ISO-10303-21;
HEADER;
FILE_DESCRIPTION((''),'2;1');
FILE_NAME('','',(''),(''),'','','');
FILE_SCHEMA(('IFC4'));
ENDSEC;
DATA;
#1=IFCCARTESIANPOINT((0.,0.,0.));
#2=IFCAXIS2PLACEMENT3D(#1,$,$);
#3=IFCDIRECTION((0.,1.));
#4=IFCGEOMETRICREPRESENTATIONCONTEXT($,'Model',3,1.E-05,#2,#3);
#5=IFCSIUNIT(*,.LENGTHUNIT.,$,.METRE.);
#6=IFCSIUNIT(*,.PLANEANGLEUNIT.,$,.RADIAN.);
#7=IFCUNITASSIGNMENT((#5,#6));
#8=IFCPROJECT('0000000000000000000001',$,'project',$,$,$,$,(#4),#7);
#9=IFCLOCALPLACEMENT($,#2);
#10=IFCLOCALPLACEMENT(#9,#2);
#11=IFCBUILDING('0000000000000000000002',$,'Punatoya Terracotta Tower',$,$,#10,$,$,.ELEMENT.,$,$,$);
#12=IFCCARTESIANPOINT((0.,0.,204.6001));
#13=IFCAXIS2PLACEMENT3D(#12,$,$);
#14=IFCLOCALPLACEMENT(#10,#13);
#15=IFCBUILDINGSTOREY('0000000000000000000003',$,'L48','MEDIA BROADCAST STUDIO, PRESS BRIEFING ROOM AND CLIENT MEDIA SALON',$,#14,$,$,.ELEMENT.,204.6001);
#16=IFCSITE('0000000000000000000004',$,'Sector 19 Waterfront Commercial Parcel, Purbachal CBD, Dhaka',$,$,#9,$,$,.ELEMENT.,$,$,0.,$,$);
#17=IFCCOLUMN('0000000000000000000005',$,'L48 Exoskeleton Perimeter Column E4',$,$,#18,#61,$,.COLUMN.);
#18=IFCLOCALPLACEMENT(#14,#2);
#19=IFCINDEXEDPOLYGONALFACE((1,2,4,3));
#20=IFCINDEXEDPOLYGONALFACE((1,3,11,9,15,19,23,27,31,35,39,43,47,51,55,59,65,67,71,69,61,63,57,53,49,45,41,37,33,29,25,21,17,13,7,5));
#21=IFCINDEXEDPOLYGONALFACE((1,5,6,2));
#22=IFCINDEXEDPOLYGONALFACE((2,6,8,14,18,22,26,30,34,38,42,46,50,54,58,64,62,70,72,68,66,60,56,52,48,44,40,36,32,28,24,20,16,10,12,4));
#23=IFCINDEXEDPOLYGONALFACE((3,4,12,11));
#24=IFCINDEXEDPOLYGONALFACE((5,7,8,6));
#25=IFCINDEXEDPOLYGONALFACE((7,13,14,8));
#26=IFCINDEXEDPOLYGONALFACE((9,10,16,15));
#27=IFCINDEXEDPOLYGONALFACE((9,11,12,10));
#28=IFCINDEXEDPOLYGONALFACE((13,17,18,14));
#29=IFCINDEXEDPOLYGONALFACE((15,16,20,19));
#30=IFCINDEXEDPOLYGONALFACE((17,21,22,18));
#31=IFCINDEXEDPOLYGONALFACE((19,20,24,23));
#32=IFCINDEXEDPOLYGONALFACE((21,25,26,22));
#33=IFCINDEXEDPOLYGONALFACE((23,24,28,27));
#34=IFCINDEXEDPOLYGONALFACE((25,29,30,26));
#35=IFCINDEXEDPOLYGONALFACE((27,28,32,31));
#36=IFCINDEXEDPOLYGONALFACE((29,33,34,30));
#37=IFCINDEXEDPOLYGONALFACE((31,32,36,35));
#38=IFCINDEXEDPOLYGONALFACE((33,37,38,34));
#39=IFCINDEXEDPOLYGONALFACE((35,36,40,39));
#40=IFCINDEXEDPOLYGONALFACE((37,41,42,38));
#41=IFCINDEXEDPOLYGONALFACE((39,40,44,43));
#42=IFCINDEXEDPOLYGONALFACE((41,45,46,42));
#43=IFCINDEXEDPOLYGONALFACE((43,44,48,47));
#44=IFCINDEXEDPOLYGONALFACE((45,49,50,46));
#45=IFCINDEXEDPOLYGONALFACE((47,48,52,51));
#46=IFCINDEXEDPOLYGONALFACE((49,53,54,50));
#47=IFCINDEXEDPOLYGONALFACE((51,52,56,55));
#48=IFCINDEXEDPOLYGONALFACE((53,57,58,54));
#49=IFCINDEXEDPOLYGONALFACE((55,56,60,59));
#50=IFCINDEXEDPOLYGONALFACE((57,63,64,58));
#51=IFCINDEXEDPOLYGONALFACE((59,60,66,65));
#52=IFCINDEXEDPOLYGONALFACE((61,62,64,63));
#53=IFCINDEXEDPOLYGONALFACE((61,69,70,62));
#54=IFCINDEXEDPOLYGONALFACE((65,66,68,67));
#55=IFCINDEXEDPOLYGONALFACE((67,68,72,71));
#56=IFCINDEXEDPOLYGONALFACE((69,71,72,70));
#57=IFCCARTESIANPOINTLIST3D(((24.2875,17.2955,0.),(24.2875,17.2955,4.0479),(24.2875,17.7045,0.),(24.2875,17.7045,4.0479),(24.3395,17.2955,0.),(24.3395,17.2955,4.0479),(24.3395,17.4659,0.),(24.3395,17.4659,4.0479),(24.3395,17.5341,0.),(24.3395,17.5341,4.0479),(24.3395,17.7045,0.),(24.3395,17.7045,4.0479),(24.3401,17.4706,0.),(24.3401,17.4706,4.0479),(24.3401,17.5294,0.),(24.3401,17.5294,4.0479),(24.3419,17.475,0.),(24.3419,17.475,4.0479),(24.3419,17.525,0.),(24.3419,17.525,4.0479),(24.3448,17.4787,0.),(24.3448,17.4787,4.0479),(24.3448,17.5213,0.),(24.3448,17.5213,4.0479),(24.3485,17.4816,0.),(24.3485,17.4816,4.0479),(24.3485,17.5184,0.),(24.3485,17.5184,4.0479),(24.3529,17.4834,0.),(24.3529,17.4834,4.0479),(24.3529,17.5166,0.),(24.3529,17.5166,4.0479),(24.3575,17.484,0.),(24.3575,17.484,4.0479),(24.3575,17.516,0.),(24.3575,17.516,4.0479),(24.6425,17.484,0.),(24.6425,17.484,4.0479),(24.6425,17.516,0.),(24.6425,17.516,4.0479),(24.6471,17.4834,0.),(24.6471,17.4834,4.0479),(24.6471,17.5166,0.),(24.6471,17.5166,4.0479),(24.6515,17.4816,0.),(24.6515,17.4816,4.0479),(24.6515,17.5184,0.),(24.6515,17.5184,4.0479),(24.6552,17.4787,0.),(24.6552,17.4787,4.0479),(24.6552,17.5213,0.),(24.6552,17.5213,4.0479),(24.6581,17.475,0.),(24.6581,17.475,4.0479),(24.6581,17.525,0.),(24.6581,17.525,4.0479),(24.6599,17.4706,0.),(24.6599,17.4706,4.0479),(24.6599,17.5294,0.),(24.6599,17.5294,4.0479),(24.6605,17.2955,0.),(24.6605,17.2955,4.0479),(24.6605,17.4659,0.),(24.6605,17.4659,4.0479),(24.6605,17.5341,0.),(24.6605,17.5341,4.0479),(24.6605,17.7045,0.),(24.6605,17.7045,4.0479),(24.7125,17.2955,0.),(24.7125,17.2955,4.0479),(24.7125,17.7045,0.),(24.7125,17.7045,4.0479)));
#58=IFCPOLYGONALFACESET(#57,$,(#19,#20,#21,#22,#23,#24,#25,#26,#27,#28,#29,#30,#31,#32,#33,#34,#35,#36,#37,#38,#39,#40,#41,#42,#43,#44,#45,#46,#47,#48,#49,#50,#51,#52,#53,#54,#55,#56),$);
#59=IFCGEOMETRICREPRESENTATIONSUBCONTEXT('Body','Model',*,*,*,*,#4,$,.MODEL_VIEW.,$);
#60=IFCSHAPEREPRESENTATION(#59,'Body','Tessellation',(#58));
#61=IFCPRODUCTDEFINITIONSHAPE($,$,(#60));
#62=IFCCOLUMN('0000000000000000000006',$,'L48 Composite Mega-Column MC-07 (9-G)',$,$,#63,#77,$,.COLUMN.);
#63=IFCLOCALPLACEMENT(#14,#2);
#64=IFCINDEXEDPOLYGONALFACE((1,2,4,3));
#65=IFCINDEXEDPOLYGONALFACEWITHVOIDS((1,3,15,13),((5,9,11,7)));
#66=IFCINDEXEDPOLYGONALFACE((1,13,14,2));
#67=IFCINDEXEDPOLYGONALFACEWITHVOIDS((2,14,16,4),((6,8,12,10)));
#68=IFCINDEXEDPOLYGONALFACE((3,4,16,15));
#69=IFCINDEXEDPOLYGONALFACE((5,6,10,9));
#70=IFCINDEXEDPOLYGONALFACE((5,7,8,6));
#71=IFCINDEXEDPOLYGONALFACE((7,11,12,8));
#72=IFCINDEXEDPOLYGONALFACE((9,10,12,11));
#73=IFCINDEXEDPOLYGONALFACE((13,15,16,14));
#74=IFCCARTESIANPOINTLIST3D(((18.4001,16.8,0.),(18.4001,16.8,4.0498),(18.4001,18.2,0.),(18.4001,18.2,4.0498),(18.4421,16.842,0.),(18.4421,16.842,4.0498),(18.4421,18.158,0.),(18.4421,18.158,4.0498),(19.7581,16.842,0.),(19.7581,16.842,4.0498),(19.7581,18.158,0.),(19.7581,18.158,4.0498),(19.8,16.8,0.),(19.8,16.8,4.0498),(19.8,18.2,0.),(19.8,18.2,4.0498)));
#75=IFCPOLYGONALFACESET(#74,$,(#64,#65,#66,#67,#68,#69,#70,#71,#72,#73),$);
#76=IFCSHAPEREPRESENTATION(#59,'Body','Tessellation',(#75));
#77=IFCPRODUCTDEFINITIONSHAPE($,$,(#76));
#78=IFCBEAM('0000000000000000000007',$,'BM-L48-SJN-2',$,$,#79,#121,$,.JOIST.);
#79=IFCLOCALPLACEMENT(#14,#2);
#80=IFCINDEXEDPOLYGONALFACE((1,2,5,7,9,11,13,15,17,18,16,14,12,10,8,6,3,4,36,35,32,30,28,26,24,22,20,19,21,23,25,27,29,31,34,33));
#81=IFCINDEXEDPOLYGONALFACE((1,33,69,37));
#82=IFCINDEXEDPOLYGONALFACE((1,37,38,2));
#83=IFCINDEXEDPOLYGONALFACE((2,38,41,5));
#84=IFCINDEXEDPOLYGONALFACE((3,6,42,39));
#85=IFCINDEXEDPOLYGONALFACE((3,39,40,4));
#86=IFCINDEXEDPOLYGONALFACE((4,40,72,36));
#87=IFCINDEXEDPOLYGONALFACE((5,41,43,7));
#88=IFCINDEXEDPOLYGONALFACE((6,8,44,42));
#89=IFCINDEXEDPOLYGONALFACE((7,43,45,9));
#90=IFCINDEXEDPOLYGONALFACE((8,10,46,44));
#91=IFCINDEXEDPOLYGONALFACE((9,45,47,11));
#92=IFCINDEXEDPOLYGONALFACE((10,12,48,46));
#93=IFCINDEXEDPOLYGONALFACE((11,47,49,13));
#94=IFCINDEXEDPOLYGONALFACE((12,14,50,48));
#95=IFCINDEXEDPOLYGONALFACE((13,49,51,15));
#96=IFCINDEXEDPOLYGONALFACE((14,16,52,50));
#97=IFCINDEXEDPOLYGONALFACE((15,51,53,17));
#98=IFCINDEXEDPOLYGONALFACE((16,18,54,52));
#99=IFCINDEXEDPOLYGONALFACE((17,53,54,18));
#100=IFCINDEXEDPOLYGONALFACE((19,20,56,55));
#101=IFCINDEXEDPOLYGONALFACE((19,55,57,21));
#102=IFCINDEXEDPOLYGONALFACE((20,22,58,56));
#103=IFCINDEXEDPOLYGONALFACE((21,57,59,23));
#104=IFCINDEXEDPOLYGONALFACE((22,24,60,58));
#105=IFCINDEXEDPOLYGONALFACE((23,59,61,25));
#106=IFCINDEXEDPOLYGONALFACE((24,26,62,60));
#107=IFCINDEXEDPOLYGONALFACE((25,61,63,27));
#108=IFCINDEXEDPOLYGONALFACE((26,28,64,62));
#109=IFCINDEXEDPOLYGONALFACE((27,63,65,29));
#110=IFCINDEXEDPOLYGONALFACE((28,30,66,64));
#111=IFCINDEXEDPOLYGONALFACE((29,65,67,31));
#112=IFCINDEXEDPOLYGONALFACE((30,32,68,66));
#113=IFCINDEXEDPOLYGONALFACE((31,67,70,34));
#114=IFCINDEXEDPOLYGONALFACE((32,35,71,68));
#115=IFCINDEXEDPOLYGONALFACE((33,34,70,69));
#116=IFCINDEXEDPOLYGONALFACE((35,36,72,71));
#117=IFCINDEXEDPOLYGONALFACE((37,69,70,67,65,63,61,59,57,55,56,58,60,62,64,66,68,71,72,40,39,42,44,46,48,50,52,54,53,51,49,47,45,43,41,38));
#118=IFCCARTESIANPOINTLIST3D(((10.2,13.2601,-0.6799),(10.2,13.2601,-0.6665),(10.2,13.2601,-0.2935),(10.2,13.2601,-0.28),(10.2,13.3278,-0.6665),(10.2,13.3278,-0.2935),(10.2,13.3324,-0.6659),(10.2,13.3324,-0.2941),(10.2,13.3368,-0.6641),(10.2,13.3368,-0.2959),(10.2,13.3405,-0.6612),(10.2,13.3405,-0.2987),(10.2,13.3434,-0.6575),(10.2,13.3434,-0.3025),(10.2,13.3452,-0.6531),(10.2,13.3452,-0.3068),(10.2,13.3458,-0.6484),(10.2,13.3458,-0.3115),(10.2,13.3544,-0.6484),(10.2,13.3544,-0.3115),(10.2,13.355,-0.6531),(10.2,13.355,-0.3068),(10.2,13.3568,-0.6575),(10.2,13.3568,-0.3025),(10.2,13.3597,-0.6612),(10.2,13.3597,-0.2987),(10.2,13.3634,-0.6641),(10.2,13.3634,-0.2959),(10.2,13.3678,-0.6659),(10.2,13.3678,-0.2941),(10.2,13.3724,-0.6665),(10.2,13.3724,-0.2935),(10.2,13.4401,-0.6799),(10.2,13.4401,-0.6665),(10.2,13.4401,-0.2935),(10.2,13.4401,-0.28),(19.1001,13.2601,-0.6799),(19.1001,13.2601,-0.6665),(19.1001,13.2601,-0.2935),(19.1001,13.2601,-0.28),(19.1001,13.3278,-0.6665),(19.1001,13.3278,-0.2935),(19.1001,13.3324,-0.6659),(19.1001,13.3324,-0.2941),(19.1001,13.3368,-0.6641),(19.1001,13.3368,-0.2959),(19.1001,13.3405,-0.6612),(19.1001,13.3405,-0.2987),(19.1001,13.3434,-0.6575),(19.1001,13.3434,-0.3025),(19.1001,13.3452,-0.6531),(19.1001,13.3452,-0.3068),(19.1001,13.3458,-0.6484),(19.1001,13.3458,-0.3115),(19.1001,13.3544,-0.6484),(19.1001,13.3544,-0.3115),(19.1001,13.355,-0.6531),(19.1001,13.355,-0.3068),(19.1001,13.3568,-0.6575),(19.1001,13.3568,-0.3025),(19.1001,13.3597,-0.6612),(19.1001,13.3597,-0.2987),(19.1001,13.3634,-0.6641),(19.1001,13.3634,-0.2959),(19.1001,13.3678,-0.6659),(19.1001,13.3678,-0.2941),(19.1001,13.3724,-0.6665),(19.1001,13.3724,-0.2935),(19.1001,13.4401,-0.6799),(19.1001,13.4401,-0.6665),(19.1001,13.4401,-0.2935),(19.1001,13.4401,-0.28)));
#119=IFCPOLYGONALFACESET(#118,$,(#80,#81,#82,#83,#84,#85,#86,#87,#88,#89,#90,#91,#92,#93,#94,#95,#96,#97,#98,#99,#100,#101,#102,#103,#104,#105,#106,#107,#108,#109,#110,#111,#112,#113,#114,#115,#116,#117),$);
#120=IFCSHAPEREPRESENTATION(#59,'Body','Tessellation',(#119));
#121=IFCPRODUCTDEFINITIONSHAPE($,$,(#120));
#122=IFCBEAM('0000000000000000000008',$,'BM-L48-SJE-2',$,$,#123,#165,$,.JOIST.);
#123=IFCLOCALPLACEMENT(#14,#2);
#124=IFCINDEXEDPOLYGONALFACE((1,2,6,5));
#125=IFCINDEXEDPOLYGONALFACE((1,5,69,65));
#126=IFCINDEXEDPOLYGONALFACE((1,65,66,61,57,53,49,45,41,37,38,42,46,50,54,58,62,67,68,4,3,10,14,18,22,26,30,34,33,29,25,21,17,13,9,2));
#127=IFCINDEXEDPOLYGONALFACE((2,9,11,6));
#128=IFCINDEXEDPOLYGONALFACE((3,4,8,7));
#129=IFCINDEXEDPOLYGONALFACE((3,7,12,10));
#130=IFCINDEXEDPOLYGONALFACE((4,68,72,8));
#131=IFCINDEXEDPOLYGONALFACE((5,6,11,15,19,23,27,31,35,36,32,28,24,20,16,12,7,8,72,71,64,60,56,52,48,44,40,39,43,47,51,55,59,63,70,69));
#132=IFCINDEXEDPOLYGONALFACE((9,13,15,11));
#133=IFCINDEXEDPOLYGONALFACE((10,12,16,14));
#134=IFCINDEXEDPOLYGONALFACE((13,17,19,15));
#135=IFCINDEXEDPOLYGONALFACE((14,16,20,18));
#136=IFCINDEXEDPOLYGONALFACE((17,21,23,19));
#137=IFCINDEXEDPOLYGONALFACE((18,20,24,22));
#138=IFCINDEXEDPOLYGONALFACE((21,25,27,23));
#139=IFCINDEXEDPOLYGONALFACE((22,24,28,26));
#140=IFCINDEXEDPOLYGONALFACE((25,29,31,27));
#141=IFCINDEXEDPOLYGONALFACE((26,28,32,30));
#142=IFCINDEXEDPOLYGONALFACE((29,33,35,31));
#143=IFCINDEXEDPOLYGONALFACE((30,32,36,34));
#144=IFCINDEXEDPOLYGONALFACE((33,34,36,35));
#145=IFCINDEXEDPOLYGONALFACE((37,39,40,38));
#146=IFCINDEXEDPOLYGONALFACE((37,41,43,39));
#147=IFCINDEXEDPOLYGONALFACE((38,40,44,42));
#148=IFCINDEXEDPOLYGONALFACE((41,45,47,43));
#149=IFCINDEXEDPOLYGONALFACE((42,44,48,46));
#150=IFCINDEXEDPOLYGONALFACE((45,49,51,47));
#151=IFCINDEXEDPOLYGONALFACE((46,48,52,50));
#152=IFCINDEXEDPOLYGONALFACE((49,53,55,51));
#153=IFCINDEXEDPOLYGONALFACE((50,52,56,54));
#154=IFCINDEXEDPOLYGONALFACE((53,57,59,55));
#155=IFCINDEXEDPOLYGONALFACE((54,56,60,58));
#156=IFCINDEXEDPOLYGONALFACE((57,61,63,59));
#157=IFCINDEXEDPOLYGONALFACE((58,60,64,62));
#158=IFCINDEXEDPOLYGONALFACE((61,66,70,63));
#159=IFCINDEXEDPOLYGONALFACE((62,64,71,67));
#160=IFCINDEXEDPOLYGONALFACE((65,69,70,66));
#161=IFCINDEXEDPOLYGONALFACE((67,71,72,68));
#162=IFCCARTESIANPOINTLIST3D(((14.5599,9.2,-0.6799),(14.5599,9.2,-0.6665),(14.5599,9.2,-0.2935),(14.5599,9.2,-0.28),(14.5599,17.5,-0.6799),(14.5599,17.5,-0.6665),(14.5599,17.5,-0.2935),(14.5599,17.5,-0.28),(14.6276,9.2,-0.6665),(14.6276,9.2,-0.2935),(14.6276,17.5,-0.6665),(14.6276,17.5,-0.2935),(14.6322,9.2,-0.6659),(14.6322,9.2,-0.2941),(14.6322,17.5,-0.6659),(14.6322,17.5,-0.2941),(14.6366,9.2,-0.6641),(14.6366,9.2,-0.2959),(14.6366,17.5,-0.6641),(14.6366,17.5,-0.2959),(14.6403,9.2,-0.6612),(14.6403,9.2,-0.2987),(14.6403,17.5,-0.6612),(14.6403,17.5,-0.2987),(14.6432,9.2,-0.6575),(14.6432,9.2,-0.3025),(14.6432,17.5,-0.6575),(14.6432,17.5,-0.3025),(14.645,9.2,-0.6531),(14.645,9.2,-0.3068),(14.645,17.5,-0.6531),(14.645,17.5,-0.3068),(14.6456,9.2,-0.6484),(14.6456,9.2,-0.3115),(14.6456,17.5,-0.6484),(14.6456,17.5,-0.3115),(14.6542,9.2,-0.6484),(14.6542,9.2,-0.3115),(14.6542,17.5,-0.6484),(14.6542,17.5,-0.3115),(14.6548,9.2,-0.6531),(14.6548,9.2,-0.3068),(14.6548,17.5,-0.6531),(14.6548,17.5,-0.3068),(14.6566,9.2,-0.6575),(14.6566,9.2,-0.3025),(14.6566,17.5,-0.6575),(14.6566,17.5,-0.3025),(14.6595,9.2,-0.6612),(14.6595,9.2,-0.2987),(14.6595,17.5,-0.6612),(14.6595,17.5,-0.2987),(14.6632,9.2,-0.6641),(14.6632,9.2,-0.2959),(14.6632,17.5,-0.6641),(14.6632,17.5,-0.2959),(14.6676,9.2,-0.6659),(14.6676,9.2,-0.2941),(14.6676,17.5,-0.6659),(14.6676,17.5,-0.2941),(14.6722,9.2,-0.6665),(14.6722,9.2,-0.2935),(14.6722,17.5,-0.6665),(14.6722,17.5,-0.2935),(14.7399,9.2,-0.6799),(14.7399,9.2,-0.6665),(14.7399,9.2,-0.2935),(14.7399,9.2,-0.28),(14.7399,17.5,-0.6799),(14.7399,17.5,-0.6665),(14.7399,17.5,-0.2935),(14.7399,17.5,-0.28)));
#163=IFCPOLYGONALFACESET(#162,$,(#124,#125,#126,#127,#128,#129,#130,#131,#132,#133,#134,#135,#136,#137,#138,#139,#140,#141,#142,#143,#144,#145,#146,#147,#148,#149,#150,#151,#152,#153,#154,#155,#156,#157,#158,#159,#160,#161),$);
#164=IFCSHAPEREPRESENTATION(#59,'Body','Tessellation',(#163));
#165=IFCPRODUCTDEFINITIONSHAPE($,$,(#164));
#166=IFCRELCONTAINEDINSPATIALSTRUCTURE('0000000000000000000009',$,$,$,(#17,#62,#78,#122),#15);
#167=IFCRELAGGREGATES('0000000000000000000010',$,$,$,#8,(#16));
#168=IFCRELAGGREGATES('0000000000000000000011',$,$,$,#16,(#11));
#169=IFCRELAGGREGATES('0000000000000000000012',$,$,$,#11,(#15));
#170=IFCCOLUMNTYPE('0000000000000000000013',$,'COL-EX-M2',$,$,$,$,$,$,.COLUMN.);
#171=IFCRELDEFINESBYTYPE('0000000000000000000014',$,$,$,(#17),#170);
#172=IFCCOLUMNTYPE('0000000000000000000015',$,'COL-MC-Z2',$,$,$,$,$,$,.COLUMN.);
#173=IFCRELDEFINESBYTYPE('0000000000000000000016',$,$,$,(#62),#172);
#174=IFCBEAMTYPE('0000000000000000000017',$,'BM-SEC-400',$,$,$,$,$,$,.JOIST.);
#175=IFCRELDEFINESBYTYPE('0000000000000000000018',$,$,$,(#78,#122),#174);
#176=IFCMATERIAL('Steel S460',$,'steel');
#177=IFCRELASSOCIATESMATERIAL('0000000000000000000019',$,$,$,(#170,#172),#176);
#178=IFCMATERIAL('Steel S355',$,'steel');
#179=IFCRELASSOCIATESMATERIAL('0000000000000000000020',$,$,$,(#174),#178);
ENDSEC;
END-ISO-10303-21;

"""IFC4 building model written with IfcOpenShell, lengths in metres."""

from ifc_helpers import new_model, si_unit, direction, frame, origin, origin_2d, place, context, subcontext, project, spatial, hollow_rectangle, i_section, extrude, material, material_profile, profile_set, type_object, element, save


model = new_model("IFC4")

# Units and contexts
model_context = context("Model", 3, precision=1e-05, world=origin(), true_north=direction((0.0, 1.0)))
body_context = subcontext(model_context, "Body", "Model", "MODEL_VIEW")
ifc_project = project(units=[si_unit("LENGTHUNIT", "METRE"), si_unit("PLANEANGLEUNIT", "RADIAN")], contexts=[model_context])

# Site, building, storey
site_placement = place(None, origin())
site = spatial("IfcSite", under=ifc_project, at=site_placement, Name="Sector 19 Waterfront Commercial Parcel, Purbachal CBD, Dhaka", CompositionType="ELEMENT", RefElevation=0.0)
building_placement = place(site_placement, origin())
building = spatial("IfcBuilding", under=site, at=building_placement, Name="Punatoya Terracotta Tower", CompositionType="ELEMENT")
storey_placement = place(building_placement, frame((0.0, 0.0, 204.6001)))
storey = spatial("IfcBuildingStorey", under=building, at=storey_placement, Name="L48", Description="MEDIA BROADCAST STUDIO, PRESS BRIEFING ROOM AND CLIENT MEDIA SALON", CompositionType="ELEMENT", Elevation=204.6001)

# Columns
ifc_material_1 = material(Name="Steel S460", Category="steel")
ifc_material_profile_1 = material_profile(ifc_material_1, i_section(OverallWidth=0.4089, OverallDepth=0.425, WebThickness=0.032, FlangeThickness=0.052, FilletRadius=0.0181, at=origin_2d()))
ifc_profile_set_1 = profile_set([ifc_material_profile_1], Name="Steel S460")
column_type_1 = type_object("IfcColumnType", Name="COL-EX-M2", PredefinedType="COLUMN", material=ifc_profile_set_1)
column_1_placement = place(storey_placement, frame((24.5, 17.5, 0.0), z_axis=(0.0, 0.0, 1.0), x_axis=(0.0, 1.0, 0.0)))
element("IfcColumn", 1, at=column_1_placement, inside=storey, type_object=column_type_1, Name="L48 Exoskeleton Perimeter Column E4", PredefinedType="COLUMN", context=body_context, shape_type="SweptSolid", body=[
    extrude(i_section(OverallWidth=0.4089, OverallDepth=0.425, WebThickness=0.032, FlangeThickness=0.052, FilletRadius=0.0181, at=origin_2d()), origin(), (0.0, 0.0, 1.0), 4.0479),
])
ifc_material_profile_2 = material_profile(ifc_material_1, hollow_rectangle(XDim=1.3999, YDim=1.3999, WallThickness=0.042, at=origin_2d()))
ifc_profile_set_2 = profile_set([ifc_material_profile_2], Name="Steel S460")
column_type_2 = type_object("IfcColumnType", Name="COL-MC-Z2", PredefinedType="COLUMN", material=ifc_profile_set_2)
column_2_placement = place(storey_placement, frame((19.1001, 17.5, 0.0), z_axis=(0.0, 0.0, 1.0), x_axis=(1.0, 0.0, 0.0)))
element("IfcColumn", 2, at=column_2_placement, inside=storey, type_object=column_type_2, Name="L48 Composite Mega-Column MC-07 (9-G)", PredefinedType="COLUMN", context=body_context, shape_type="SweptSolid", body=[
    extrude(hollow_rectangle(XDim=1.3999, YDim=1.3999, WallThickness=0.042, at=origin_2d()), origin(), (0.0, 0.0, 1.0), 4.0498),
])

# Beams
ifc_material_2 = material(Name="Steel S355", Category="steel")
ifc_material_profile_3 = material_profile(ifc_material_2, i_section(OverallWidth=0.1799, OverallDepth=0.3999, WebThickness=0.0085, FlangeThickness=0.0134, FilletRadius=0.0181, at=origin_2d()))
ifc_profile_set_3 = profile_set([ifc_material_profile_3], Name="Steel S355")
beam_type_1 = type_object("IfcBeamType", Name="BM-SEC-400", PredefinedType="JOIST", material=ifc_profile_set_3)
beam_1_placement = place(storey_placement, frame((10.2, 13.3501, -0.48), z_axis=(1.0, 0.0, 0.0), x_axis=(0.0, 1.0, 0.0)))
element("IfcBeam", 3, at=beam_1_placement, inside=storey, type_object=beam_type_1, Name="BM-L48-SJN-2", PredefinedType="JOIST", context=body_context, shape_type="SweptSolid", body=[
    extrude(i_section(OverallWidth=0.1799, OverallDepth=0.3999, WebThickness=0.0085, FlangeThickness=0.0134, FilletRadius=0.0181, at=origin_2d()), origin(), (0.0, 0.0, 1.0), 8.9001),
])
beam_2_placement = place(storey_placement, frame((14.6499, 9.2, -0.48), z_axis=(0.0, 1.0, 0.0), x_axis=(-1.0, 0.0, 0.0)))
element("IfcBeam", 4, at=beam_2_placement, inside=storey, type_object=beam_type_1, Name="BM-L48-SJE-2", PredefinedType="JOIST", context=body_context, shape_type="SweptSolid", body=[
    extrude(i_section(OverallWidth=0.1799, OverallDepth=0.3999, WebThickness=0.0085, FlangeThickness=0.0134, FilletRadius=0.0181, at=origin_2d()), origin(), (0.0, 0.0, 1.0), 8.3),
])

save(model, "model.ifc")
